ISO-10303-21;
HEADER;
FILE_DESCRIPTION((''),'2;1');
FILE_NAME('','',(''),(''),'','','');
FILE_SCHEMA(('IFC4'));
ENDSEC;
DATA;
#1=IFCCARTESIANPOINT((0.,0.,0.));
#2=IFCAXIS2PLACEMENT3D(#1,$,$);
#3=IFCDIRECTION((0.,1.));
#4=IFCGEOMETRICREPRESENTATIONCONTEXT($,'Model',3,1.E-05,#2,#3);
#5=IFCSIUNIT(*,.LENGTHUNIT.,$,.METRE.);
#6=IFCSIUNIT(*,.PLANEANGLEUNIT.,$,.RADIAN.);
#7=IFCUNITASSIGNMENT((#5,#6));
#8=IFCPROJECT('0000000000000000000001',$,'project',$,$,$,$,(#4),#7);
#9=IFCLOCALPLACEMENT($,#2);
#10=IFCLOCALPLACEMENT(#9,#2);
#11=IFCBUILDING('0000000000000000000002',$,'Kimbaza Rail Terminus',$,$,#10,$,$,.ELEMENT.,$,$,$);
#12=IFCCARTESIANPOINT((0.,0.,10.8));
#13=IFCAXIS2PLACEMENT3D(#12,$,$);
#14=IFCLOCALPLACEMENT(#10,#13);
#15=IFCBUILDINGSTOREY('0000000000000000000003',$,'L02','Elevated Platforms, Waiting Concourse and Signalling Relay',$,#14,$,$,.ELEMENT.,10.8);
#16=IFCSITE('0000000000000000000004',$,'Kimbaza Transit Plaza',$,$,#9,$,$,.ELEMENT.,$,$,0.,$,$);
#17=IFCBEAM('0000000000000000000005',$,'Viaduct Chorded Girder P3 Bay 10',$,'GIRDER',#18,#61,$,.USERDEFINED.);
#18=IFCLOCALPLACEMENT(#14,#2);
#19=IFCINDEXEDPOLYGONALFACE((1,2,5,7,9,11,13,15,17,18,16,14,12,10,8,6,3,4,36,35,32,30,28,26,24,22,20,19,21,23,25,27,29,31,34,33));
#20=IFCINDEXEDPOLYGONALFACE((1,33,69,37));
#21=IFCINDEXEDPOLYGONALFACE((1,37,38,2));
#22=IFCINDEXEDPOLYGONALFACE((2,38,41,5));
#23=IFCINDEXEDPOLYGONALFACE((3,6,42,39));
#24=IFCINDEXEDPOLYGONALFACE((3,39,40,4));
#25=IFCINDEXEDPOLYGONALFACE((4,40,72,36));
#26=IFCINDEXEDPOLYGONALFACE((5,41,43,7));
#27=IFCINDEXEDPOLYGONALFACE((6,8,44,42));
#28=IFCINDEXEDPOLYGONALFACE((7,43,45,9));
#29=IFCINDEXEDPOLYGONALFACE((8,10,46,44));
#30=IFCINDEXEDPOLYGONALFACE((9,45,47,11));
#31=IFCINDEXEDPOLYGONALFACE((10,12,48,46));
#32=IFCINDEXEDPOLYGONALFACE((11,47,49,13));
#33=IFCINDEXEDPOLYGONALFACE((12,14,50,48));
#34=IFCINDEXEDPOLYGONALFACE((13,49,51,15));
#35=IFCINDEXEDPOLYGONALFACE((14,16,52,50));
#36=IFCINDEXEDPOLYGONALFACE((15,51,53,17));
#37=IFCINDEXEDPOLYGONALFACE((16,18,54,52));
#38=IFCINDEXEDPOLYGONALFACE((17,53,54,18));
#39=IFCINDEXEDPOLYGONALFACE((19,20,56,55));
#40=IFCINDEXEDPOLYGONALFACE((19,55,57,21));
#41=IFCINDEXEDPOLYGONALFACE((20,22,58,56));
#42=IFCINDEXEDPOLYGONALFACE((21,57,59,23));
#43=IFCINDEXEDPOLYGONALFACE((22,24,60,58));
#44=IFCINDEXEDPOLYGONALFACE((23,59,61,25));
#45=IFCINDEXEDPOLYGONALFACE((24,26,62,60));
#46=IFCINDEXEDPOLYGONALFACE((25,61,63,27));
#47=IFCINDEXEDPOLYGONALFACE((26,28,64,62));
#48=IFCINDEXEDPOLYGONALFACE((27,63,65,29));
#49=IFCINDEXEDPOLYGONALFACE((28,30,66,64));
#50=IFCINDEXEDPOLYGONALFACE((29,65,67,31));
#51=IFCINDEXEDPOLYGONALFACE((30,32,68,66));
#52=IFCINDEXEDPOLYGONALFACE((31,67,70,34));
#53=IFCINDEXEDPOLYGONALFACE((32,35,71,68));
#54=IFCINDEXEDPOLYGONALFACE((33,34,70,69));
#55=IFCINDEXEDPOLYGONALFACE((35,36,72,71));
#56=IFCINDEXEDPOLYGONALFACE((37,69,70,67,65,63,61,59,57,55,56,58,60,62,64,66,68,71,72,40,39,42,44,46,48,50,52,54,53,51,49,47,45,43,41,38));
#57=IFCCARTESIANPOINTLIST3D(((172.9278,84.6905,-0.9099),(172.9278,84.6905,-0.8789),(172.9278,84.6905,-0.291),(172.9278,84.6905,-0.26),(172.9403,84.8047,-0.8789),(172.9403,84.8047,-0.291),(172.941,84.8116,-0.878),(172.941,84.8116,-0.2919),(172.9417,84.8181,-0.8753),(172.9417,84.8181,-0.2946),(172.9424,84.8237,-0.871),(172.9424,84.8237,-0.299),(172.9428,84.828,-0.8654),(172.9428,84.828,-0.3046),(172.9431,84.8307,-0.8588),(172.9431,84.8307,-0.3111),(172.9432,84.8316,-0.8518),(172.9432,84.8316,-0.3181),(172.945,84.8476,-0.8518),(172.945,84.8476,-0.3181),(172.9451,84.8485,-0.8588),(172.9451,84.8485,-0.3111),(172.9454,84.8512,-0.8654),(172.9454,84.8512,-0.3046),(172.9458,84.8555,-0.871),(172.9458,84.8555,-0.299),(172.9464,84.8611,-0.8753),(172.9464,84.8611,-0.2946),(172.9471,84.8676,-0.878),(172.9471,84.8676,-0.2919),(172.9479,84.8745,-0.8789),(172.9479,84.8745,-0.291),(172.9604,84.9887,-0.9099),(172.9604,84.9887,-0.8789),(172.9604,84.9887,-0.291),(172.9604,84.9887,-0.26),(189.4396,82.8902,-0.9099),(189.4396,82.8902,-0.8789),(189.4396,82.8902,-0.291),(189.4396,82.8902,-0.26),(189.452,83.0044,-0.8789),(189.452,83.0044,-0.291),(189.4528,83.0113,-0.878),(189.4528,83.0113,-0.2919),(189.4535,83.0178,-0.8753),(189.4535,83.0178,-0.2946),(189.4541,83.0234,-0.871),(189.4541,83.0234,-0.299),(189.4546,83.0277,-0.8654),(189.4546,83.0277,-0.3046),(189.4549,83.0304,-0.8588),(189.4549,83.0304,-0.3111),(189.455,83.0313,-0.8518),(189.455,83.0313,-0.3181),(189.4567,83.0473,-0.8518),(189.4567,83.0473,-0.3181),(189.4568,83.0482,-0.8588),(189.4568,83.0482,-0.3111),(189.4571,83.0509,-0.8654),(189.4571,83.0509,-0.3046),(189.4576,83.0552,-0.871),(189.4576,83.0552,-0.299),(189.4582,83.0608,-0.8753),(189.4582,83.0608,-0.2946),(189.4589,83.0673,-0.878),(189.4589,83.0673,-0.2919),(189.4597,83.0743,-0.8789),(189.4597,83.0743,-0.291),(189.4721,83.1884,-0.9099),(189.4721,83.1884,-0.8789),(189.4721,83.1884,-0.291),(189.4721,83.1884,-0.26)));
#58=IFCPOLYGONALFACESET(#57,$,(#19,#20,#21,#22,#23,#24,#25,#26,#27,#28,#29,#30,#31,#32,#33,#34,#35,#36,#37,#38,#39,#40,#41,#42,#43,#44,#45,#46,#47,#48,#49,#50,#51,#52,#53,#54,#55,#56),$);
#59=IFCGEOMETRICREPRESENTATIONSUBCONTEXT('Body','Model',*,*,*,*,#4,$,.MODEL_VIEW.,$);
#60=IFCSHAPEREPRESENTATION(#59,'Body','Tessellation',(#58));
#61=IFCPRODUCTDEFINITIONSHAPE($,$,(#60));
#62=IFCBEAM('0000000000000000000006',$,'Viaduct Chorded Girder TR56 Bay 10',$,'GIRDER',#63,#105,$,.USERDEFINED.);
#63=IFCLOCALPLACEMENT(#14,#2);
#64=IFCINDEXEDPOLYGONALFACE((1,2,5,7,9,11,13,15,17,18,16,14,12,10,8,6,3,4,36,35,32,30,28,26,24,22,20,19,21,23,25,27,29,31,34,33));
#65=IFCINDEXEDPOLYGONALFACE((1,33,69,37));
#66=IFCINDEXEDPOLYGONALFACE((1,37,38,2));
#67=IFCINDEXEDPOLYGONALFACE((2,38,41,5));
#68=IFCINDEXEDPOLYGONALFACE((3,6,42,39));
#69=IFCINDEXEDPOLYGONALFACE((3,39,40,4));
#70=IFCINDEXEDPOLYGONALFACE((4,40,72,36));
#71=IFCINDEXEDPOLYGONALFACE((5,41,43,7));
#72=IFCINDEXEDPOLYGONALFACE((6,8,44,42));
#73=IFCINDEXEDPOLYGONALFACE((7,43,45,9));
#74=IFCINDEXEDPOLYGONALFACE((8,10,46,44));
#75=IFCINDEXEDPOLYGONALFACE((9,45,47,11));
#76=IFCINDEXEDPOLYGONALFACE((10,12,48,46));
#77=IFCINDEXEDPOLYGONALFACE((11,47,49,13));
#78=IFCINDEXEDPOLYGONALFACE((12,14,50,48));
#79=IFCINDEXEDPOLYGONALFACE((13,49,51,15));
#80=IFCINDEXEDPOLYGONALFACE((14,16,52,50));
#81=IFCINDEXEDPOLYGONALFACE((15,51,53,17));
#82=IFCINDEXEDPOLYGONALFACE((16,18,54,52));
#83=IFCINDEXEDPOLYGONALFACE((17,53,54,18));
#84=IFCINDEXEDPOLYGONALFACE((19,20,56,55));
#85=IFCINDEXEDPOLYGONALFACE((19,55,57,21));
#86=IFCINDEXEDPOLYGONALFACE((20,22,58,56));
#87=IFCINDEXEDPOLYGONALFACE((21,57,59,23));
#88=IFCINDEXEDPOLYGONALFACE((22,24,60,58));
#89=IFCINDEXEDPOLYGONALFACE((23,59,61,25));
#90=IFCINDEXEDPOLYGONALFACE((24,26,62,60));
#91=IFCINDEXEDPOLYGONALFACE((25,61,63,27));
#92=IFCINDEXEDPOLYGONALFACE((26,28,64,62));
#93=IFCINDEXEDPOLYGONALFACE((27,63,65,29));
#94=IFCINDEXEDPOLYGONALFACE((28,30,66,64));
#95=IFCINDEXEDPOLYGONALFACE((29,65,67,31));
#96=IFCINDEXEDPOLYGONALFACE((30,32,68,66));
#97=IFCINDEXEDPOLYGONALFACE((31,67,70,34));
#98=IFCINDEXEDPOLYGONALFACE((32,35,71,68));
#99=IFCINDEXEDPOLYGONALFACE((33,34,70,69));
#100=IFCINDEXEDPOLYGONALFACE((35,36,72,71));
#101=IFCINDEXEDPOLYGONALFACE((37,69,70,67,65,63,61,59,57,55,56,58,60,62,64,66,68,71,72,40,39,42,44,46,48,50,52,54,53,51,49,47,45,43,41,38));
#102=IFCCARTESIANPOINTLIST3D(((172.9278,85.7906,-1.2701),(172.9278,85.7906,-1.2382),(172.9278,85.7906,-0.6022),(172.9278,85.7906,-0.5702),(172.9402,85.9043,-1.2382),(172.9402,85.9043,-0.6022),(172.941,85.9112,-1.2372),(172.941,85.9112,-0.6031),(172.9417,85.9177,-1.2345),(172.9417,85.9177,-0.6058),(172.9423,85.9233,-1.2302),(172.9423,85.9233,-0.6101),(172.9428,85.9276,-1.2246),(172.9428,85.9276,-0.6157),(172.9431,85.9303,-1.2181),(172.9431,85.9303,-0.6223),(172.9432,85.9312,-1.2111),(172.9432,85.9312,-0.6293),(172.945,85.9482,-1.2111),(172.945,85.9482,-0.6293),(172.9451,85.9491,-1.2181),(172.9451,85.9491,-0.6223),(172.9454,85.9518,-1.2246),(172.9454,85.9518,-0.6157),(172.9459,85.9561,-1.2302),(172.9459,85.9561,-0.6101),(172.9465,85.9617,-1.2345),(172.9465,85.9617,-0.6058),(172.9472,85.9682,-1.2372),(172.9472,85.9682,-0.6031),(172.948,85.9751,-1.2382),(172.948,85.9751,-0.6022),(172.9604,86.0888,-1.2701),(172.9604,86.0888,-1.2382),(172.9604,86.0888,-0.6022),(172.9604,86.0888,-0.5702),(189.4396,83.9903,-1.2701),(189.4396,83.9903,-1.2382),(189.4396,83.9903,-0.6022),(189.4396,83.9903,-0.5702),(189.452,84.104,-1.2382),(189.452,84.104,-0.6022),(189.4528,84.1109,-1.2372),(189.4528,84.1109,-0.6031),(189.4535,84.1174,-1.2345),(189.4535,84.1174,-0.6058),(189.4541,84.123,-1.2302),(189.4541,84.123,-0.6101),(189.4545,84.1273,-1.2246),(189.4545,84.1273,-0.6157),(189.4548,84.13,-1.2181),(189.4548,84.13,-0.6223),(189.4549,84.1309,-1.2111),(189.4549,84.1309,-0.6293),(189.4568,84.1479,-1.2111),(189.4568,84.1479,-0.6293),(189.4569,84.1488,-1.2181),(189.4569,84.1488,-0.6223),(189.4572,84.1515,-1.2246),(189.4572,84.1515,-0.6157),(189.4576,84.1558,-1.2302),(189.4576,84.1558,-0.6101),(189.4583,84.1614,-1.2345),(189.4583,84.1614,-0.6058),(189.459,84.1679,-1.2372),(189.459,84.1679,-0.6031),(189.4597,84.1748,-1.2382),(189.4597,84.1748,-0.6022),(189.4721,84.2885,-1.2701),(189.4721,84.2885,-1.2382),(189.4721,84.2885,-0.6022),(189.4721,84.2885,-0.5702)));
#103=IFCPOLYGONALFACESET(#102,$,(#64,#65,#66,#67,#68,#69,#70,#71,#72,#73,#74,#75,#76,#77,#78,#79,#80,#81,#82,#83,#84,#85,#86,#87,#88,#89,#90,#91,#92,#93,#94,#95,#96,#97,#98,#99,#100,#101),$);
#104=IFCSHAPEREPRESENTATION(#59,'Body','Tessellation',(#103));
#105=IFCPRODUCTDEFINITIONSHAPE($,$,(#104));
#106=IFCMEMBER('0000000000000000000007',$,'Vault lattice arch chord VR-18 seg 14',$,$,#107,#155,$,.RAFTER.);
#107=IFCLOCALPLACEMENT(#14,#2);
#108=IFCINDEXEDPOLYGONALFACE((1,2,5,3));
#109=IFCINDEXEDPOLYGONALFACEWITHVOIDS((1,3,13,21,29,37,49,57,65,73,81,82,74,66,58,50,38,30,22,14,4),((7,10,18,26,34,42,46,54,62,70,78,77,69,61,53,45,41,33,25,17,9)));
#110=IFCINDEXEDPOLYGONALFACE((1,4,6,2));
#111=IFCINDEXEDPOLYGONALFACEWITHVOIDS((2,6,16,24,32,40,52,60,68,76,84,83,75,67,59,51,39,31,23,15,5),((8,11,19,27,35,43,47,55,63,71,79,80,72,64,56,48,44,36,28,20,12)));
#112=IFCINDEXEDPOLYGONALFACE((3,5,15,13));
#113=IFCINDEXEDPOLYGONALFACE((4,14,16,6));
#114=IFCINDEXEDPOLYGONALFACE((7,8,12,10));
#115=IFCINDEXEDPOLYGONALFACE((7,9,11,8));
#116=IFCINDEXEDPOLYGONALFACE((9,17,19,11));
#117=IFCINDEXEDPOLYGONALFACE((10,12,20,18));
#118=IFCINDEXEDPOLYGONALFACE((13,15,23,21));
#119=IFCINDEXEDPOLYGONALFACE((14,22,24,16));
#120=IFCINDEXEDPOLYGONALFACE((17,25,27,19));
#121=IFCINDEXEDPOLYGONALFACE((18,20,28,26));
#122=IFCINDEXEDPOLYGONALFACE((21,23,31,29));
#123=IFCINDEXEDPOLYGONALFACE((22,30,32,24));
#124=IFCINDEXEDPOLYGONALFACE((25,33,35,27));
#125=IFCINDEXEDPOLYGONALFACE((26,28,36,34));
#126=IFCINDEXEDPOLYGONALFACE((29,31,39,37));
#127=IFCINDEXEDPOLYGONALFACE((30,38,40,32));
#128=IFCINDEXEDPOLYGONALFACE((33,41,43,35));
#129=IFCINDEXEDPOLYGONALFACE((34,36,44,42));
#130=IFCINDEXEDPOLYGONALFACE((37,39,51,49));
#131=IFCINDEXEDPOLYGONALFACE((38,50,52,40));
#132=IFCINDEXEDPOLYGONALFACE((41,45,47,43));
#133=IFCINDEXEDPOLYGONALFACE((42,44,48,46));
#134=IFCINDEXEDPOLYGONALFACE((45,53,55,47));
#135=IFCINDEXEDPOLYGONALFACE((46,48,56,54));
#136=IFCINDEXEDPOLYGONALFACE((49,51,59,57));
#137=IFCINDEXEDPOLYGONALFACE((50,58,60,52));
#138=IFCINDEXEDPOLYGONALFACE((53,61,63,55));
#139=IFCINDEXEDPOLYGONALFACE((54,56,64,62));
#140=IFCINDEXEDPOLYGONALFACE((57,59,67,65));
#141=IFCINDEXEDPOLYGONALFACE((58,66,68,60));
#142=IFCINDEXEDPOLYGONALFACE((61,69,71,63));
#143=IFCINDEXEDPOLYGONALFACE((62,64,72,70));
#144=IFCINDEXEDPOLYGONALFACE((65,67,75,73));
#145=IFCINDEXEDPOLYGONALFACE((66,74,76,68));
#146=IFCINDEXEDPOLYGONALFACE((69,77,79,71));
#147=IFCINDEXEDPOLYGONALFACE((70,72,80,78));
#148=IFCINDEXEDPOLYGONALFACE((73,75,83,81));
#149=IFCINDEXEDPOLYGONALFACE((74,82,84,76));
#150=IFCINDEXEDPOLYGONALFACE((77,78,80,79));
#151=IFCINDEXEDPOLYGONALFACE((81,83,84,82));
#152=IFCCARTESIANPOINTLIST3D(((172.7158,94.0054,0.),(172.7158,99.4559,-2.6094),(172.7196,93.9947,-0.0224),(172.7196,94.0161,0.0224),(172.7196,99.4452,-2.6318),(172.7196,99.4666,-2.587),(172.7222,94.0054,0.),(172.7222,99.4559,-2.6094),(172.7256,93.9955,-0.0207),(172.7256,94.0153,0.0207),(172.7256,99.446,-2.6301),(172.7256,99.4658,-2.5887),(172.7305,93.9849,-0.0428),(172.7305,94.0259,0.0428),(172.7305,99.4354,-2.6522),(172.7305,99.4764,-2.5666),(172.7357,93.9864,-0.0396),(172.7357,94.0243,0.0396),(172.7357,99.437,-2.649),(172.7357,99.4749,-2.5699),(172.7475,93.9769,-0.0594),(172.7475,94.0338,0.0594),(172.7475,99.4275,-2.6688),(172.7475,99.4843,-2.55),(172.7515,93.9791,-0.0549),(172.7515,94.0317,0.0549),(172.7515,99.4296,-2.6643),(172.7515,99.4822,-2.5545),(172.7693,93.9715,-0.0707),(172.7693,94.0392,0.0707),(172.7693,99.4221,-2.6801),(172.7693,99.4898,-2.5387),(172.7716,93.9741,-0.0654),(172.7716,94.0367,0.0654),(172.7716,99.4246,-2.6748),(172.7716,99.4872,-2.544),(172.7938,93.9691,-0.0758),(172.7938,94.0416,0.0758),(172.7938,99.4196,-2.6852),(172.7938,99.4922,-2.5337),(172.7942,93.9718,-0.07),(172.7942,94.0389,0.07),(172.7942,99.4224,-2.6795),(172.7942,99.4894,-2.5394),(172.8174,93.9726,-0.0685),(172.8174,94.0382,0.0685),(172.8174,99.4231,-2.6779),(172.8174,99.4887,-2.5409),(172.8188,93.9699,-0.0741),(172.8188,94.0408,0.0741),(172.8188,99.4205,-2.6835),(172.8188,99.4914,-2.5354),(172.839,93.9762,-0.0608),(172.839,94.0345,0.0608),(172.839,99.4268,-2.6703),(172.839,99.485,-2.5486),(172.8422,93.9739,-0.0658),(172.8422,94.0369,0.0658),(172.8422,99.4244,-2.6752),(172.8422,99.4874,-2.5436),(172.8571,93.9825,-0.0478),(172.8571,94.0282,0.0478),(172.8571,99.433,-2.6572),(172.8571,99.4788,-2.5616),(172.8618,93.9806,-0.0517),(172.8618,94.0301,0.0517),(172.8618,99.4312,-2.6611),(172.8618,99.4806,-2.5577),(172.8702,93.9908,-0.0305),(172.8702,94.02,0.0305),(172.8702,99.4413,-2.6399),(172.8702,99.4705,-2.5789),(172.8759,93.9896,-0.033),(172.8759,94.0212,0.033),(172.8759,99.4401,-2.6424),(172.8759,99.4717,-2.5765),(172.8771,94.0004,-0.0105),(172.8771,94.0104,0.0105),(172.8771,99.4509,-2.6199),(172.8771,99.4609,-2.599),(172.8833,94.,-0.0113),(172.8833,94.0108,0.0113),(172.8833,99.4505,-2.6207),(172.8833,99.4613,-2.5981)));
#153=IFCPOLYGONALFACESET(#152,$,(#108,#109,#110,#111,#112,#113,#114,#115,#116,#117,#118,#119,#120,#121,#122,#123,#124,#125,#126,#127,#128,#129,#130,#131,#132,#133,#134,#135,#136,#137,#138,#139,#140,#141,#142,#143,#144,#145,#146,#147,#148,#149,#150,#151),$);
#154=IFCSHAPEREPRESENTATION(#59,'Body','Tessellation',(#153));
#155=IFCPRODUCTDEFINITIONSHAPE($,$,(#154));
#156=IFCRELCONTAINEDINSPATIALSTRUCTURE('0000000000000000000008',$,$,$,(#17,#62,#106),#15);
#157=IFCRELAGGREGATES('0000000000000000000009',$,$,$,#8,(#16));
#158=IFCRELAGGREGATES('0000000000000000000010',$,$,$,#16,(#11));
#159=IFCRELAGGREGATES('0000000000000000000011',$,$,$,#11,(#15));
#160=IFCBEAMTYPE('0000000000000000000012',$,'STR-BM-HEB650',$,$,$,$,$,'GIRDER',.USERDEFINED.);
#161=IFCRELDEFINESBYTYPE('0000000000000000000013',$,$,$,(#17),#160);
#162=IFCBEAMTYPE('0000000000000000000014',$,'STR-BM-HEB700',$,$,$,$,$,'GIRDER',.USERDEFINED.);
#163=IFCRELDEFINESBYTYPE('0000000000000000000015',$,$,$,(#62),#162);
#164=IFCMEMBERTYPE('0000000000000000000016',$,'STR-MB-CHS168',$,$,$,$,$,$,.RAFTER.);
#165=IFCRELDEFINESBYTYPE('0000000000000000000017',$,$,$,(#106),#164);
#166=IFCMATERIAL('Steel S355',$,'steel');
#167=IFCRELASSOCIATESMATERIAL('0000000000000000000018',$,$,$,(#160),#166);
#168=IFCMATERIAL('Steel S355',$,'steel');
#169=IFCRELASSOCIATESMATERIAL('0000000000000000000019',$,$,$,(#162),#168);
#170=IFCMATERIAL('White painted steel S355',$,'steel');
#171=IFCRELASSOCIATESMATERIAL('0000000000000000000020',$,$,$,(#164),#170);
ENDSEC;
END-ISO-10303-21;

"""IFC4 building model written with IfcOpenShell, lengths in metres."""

from ifc_helpers import new_model, si_unit, direction, frame, origin, origin_2d, place, context, subcontext, project, spatial, hollow_circle, i_section, extrude, material, material_profile, profile_set, type_object, element, save


model = new_model("IFC4")

# Units and contexts
model_context = context("Model", 3, precision=1e-05, world=origin(), true_north=direction((0.0, 1.0)))
body_context = subcontext(model_context, "Body", "Model", "MODEL_VIEW")
ifc_project = project(units=[si_unit("LENGTHUNIT", "METRE"), si_unit("PLANEANGLEUNIT", "RADIAN")], contexts=[model_context])

# Site, building, storey
site_placement = place(None, origin())
site = spatial("IfcSite", under=ifc_project, at=site_placement, Name="Kimbaza Transit Plaza", CompositionType="ELEMENT", RefElevation=0.0)
building_placement = place(site_placement, origin())
building = spatial("IfcBuilding", under=site, at=building_placement, Name="Kimbaza Rail Terminus", CompositionType="ELEMENT")
storey_placement = place(building_placement, frame((0.0, 0.0, 10.8)))
storey = spatial("IfcBuildingStorey", under=building, at=storey_placement, Name="L02", Description="Elevated Platforms, Waiting Concourse and Signalling Relay", CompositionType="ELEMENT", Elevation=10.8)

# Beams
ifc_material_1 = material(Name="Steel S355", Category="steel")
ifc_material_profile_1 = material_profile(ifc_material_1, i_section(OverallWidth=0.3, OverallDepth=0.6499, WebThickness=0.0161, FlangeThickness=0.031, FilletRadius=0.0271, at=origin_2d()), Name="HEB 650")
ifc_profile_set_1 = profile_set([ifc_material_profile_1], Name="Steel S355")
beam_type_1 = type_object("IfcBeamType", Name="STR-BM-HEB650", ElementType="GIRDER", PredefinedType="USERDEFINED", material=ifc_profile_set_1)
beam_1_placement = place(storey_placement, frame((172.9441, 84.8396, -0.585), z_axis=(0.994109, -0.108389, 0.0), x_axis=(0.108389, 0.994109, 0.0)))
element("IfcBeam", 1, at=beam_1_placement, inside=storey, type_object=beam_type_1, Name="Viaduct Chorded Girder P3 Bay 10", ObjectType="GIRDER", PredefinedType="USERDEFINED", context=body_context, shape_type="SweptSolid", body=[
    extrude(i_section(OverallWidth=0.3, OverallDepth=0.6499, WebThickness=0.0161, FlangeThickness=0.031, FilletRadius=0.0271, at=origin_2d()), origin(), (0.0, 0.0, 1.0), 16.6096),
])
ifc_material_2 = material(Name="Steel S355", Category="steel")
ifc_material_profile_2 = material_profile(ifc_material_2, i_section(OverallWidth=0.3, OverallDepth=0.7, WebThickness=0.0171, FlangeThickness=0.032, FilletRadius=0.0271, at=origin_2d()), Name="HEB 700")
ifc_profile_set_2 = profile_set([ifc_material_profile_2], Name="Steel S355")
beam_type_2 = type_object("IfcBeamType", Name="STR-BM-HEB700", ElementType="GIRDER", PredefinedType="USERDEFINED", material=ifc_profile_set_2)
beam_2_placement = place(storey_placement, frame((172.9441, 85.9397, -0.9202), z_axis=(0.994109, -0.108389, 0.0), x_axis=(0.108389, 0.994109, 0.0)))
element("IfcBeam", 2, at=beam_2_placement, inside=storey, type_object=beam_type_2, Name="Viaduct Chorded Girder TR56 Bay 10", ObjectType="GIRDER", PredefinedType="USERDEFINED", context=body_context, shape_type="SweptSolid", body=[
    extrude(i_section(OverallWidth=0.3, OverallDepth=0.7, WebThickness=0.0171, FlangeThickness=0.032, FilletRadius=0.0271, at=origin_2d()), origin(), (0.0, 0.0, 1.0), 16.6096),
])

# Member
ifc_material_3 = material(Name="White painted steel S355", Category="steel")
ifc_material_profile_3 = material_profile(ifc_material_3, hollow_circle(Radius=0.0842, WallThickness=0.0063, at=origin_2d()), Name="CHS 168.3x6.3")
ifc_profile_set_3 = profile_set([ifc_material_profile_3], Name="White painted steel S355")
member_type_1 = type_object("IfcMemberType", Name="STR-MB-CHS168", PredefinedType="RAFTER", material=ifc_profile_set_3)
member_1_placement = place(storey_placement, frame((172.8, 94.0054, 0.0), z_axis=(0.0, 0.901964, -0.431811), x_axis=(-1.0, 0.0, 0.0)))
element("IfcMember", 3, at=member_1_placement, inside=storey, type_object=member_type_1, Name="Vault lattice arch chord VR-18 seg 14", PredefinedType="RAFTER", context=body_context, shape_type="SweptSolid", body=[
    extrude(hollow_circle(Radius=0.0842, WallThickness=0.0063, at=origin_2d()), origin(), (0.0, 0.0, 1.0), 6.043),
])

save(model, "model.ifc")
